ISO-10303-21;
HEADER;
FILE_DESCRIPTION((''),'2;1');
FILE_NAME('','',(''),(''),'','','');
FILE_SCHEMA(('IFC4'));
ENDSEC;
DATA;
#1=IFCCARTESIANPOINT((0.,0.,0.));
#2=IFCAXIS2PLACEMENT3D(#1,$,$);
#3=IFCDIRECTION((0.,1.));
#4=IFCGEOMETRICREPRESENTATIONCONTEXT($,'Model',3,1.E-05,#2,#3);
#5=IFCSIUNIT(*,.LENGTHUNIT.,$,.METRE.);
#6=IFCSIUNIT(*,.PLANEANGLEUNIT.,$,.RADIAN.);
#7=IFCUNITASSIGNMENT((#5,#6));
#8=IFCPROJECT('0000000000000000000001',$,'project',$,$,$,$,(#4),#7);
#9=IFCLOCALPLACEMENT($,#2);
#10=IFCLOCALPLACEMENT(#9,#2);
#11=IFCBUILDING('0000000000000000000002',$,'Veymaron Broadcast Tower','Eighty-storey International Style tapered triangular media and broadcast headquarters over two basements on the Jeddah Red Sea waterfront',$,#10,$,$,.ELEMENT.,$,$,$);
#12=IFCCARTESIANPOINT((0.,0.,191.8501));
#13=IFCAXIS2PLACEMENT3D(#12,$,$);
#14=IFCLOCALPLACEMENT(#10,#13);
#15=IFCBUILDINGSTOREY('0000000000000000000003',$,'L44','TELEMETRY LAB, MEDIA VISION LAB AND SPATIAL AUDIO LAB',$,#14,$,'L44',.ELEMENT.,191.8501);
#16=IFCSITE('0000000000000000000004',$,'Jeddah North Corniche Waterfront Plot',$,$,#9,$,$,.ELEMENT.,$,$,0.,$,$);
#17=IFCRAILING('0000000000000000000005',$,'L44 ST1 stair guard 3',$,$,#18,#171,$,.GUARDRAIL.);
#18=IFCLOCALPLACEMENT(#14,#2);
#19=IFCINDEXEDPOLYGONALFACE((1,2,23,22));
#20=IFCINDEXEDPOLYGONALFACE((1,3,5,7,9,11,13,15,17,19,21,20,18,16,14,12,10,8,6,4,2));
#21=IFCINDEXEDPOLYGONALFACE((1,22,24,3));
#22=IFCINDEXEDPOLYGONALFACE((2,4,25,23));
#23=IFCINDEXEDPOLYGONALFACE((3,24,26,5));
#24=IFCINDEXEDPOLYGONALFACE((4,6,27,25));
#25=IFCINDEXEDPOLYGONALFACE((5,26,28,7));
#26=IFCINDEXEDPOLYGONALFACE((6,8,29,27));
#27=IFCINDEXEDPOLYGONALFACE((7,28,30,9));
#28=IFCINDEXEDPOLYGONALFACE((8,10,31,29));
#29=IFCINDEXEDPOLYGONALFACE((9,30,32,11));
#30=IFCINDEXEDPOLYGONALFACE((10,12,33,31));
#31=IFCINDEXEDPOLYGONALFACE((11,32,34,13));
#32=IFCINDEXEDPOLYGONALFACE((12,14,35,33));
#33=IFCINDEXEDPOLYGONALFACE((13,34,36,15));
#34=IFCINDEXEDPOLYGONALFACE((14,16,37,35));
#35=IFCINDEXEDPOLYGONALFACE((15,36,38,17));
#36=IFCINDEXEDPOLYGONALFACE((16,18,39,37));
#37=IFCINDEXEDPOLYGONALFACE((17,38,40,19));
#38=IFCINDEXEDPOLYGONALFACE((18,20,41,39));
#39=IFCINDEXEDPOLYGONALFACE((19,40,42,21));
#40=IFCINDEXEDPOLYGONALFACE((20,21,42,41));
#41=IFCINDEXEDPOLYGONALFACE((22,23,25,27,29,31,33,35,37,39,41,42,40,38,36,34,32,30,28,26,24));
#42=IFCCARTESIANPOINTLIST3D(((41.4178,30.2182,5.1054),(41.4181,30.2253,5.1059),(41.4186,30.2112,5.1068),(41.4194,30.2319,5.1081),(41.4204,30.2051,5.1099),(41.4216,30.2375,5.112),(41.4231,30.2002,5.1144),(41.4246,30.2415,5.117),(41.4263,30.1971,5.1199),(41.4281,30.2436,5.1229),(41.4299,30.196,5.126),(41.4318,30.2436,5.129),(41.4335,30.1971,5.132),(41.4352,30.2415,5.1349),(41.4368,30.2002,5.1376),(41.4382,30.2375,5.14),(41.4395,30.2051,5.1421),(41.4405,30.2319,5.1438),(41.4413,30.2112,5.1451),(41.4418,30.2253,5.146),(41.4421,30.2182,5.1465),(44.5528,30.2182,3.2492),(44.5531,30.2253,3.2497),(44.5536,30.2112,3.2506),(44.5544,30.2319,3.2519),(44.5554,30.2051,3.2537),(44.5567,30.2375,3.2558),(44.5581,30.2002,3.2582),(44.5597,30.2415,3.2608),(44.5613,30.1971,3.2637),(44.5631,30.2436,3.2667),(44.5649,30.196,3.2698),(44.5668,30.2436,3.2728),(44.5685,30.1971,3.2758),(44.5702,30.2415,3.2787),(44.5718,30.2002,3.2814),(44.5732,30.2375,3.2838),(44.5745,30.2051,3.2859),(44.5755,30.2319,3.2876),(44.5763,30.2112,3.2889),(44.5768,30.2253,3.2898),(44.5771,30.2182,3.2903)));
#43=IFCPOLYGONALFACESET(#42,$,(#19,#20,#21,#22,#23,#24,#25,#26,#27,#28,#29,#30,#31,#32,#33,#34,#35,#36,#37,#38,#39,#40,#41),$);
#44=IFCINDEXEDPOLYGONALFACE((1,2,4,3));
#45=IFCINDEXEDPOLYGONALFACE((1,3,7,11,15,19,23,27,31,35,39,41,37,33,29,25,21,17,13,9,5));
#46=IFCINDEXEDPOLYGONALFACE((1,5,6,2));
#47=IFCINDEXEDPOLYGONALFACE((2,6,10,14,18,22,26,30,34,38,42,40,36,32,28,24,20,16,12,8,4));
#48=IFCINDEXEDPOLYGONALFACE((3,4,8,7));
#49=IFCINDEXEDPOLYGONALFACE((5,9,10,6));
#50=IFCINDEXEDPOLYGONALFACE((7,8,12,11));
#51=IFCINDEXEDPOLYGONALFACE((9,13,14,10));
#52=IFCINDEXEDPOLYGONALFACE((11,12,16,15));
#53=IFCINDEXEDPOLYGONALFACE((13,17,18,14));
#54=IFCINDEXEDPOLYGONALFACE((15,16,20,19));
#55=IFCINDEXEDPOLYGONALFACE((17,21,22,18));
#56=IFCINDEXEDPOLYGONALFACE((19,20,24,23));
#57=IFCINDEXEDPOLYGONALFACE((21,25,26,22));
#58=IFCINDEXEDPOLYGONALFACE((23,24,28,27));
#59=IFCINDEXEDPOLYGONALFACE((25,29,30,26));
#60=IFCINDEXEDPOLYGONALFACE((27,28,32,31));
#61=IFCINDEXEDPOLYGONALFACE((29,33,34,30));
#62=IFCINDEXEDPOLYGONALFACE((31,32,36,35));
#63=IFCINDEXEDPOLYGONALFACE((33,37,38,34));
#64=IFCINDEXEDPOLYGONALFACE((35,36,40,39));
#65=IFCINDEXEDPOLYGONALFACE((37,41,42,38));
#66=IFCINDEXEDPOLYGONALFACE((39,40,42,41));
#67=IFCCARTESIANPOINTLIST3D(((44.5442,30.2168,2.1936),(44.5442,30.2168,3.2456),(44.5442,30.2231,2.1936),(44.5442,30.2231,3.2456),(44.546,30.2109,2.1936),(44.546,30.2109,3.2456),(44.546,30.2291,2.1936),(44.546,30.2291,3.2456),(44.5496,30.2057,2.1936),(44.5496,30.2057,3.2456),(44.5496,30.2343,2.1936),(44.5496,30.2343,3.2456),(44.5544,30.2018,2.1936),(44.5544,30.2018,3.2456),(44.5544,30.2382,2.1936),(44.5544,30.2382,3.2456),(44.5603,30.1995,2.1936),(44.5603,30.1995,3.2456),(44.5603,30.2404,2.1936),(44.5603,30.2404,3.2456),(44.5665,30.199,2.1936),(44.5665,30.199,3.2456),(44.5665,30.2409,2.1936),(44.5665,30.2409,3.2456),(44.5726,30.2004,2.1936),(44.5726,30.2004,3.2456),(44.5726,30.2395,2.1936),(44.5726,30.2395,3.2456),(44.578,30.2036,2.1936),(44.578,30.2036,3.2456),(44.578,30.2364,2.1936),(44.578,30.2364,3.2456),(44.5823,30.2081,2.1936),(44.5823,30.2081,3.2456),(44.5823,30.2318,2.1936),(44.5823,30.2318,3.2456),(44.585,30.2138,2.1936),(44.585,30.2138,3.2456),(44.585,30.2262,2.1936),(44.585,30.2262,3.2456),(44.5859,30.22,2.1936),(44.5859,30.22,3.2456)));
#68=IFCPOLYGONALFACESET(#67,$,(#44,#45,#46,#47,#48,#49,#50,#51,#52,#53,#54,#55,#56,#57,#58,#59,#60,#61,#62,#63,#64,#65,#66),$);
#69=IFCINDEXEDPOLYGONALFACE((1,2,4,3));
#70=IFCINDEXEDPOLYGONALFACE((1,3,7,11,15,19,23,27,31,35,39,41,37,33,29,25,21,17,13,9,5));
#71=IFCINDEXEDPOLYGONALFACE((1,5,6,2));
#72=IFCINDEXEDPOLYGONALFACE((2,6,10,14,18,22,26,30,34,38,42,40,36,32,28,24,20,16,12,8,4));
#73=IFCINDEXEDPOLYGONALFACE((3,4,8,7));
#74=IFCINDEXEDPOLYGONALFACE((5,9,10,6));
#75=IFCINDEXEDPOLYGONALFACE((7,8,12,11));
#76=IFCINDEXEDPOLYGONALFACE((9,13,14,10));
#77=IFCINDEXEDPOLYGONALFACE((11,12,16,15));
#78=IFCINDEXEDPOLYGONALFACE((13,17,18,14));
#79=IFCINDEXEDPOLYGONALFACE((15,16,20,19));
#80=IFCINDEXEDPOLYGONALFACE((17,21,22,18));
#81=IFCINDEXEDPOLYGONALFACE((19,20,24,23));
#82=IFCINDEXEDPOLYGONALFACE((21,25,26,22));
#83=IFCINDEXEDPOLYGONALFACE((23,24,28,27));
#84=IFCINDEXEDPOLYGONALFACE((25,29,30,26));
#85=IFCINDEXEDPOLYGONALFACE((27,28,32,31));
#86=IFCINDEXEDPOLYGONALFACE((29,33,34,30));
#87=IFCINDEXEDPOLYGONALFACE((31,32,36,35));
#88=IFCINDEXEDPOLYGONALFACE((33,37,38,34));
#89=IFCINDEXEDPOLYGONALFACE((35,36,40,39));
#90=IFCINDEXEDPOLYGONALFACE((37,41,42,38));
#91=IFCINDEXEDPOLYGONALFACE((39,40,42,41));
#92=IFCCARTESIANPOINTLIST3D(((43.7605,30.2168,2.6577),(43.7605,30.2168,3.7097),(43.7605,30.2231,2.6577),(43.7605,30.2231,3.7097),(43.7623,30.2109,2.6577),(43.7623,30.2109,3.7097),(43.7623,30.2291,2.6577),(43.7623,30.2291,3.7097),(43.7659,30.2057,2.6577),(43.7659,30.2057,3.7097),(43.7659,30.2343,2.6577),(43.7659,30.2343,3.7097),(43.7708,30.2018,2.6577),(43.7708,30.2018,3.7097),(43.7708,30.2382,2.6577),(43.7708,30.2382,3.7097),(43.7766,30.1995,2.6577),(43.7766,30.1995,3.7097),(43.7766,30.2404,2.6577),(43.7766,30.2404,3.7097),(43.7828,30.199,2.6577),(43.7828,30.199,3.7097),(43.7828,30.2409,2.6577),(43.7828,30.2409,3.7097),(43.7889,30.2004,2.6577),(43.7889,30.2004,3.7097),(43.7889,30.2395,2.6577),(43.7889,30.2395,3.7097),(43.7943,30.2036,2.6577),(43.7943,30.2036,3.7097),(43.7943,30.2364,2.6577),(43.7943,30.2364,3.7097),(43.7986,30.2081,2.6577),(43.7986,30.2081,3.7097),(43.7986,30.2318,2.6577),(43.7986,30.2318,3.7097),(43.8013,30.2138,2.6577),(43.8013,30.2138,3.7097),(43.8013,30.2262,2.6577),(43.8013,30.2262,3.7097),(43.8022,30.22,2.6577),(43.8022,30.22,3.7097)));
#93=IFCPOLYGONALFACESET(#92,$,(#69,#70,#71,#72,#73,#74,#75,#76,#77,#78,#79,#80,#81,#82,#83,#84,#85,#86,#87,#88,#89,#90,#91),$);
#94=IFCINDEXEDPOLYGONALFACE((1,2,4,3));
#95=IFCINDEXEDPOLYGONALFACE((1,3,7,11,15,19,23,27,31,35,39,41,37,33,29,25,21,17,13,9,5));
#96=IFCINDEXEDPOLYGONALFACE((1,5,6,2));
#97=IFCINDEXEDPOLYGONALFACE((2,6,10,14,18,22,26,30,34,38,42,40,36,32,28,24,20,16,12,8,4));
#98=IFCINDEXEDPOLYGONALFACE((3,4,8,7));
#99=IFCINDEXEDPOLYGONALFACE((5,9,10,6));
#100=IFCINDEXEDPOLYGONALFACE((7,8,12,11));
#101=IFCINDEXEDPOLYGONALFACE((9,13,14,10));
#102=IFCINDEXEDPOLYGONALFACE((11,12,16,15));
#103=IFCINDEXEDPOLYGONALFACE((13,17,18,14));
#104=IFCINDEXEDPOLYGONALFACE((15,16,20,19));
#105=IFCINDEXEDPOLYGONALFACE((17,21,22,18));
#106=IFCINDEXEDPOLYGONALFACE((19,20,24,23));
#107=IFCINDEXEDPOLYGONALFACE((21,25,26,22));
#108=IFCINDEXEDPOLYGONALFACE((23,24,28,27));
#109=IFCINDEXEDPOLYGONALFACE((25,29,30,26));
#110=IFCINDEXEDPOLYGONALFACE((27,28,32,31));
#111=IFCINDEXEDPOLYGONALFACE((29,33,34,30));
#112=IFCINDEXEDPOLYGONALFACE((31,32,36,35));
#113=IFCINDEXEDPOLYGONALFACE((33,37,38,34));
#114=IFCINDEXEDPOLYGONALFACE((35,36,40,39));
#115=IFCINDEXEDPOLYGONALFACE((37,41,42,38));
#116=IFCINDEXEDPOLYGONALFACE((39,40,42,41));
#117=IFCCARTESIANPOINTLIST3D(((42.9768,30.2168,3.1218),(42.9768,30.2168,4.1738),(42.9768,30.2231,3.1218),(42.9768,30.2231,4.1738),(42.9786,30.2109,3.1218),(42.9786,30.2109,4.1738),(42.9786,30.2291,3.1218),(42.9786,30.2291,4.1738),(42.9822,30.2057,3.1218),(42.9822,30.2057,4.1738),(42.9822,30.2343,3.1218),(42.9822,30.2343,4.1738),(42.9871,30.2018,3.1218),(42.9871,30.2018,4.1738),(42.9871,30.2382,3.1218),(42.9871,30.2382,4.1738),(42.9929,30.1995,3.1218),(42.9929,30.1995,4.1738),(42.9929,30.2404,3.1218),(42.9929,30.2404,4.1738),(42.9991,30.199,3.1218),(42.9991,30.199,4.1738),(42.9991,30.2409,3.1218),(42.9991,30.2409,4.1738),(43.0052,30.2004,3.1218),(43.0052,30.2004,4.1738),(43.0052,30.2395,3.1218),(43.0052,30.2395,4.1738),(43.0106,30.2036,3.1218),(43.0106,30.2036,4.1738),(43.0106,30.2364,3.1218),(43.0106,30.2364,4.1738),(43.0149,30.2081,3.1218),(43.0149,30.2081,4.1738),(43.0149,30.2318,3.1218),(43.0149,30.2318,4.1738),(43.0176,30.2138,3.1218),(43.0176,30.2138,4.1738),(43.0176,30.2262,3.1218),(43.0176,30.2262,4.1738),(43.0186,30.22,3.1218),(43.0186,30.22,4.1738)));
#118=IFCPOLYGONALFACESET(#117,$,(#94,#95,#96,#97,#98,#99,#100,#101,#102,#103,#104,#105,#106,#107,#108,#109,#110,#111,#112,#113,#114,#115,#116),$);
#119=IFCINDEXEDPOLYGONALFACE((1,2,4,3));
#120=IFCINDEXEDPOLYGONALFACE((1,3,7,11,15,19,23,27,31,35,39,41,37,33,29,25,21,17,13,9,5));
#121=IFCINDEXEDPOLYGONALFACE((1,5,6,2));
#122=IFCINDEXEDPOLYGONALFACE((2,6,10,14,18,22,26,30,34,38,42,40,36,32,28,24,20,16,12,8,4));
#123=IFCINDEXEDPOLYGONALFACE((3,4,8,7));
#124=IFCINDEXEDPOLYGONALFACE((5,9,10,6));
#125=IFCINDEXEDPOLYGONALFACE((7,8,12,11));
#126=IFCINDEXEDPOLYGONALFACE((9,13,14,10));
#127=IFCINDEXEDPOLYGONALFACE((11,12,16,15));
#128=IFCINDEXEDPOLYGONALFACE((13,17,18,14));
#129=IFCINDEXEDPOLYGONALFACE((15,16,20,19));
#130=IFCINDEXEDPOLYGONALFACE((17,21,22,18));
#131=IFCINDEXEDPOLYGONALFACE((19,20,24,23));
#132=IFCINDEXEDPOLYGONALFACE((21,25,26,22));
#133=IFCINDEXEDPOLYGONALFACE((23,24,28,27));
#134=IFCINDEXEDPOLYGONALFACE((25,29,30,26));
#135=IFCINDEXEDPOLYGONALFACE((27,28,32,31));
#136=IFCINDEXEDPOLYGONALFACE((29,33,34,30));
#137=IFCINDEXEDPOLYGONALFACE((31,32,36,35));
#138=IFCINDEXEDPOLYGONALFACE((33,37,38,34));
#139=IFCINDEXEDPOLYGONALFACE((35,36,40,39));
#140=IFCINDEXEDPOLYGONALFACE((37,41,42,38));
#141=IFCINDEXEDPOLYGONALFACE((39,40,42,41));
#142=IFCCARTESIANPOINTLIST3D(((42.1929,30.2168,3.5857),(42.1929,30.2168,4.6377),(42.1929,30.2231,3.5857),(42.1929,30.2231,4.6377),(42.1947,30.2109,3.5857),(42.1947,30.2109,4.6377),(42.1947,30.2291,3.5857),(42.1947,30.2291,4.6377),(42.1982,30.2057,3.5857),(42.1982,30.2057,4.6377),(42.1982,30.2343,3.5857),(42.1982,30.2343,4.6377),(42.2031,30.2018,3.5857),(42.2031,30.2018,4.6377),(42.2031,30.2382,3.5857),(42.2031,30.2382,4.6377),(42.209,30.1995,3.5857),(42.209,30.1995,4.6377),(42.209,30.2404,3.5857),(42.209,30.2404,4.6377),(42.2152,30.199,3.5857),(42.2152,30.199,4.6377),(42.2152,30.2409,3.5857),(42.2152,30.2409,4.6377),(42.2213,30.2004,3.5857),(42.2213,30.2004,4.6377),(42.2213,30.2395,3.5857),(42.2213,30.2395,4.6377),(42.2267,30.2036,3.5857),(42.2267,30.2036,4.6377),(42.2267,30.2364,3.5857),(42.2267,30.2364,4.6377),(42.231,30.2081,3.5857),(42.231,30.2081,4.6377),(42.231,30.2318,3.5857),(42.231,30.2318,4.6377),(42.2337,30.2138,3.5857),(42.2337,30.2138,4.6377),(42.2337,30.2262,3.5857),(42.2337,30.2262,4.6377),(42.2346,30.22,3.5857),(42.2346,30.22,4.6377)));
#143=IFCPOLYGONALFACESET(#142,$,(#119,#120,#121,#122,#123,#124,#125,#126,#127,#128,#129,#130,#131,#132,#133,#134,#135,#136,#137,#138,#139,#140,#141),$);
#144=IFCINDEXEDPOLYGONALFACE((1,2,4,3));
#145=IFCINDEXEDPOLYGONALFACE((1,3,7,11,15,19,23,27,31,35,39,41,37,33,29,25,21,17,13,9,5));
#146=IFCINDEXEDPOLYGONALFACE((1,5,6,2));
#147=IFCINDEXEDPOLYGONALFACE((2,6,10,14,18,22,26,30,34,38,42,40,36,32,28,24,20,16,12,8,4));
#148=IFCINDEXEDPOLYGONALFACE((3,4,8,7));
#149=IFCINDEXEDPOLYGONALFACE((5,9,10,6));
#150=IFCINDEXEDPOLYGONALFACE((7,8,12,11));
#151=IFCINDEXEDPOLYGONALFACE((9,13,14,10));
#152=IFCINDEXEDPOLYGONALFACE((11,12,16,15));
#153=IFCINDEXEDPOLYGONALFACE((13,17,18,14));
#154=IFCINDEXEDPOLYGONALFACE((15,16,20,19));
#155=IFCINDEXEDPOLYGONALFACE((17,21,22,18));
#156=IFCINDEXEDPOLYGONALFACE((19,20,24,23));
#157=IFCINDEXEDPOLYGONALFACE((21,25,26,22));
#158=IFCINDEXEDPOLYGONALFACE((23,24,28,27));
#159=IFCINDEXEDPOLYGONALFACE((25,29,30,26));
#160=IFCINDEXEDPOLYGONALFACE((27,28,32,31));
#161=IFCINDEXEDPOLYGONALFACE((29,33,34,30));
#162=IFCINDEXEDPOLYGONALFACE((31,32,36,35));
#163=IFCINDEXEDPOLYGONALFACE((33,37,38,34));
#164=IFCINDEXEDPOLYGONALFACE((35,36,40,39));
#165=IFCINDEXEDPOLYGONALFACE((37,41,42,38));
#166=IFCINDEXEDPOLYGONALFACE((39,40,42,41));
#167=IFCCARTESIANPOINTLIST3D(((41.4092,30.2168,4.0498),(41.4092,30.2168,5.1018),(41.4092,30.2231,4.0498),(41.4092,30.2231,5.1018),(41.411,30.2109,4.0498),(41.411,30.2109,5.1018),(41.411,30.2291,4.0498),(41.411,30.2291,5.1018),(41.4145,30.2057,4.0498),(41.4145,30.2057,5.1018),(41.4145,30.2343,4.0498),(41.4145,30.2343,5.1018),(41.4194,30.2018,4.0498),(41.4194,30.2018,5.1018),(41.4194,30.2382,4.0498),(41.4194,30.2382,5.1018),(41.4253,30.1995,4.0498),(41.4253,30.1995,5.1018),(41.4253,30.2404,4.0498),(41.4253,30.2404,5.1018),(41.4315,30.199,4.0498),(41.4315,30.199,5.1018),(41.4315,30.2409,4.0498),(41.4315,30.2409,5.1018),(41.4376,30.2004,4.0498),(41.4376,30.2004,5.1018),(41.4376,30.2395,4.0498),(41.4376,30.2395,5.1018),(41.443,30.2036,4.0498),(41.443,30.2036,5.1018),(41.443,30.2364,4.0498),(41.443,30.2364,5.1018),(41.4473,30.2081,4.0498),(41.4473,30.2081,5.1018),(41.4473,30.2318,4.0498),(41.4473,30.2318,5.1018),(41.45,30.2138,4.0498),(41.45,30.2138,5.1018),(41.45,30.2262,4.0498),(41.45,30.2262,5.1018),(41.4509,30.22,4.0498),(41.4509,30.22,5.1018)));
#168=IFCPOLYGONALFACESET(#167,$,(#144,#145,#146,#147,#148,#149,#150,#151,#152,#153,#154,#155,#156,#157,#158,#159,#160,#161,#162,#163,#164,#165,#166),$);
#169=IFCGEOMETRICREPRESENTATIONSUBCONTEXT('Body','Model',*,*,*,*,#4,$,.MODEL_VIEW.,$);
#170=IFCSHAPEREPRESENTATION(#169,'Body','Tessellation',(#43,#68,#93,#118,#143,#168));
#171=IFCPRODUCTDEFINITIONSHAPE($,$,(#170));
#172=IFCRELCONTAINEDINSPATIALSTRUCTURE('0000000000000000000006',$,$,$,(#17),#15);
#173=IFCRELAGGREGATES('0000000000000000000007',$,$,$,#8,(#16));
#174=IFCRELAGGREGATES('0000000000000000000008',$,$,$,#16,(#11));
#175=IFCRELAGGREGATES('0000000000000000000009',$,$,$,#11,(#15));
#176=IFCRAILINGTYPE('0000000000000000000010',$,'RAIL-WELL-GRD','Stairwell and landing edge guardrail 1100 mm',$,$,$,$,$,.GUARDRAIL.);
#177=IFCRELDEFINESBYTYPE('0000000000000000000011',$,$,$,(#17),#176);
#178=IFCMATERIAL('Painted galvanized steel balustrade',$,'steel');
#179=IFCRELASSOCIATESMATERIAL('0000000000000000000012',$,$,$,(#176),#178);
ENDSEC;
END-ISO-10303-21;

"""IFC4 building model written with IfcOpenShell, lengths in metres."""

from ifc_helpers import new_model, si_unit, direction, frame, origin, origin_2d, place, context, subcontext, project, spatial, circle, extrude, material, type_object, element, save


model = new_model("IFC4")

# Units and contexts
model_context = context("Model", 3, precision=1e-05, world=origin(), true_north=direction((0.0, 1.0)))
body_context = subcontext(model_context, "Body", "Model", "MODEL_VIEW")
ifc_project = project(units=[si_unit("LENGTHUNIT", "METRE"), si_unit("PLANEANGLEUNIT", "RADIAN")], contexts=[model_context])

# Site, building, storey
site_placement = place(None, origin())
site = spatial("IfcSite", under=ifc_project, at=site_placement, Name="Jeddah North Corniche Waterfront Plot", CompositionType="ELEMENT", RefElevation=0.0)
building_placement = place(site_placement, origin())
building = spatial("IfcBuilding", under=site, at=building_placement, Name="Veymaron Broadcast Tower", Description="Eighty-storey International Style tapered triangular media and broadcast headquarters over two basements on the Jeddah Red Sea waterfront", CompositionType="ELEMENT")
storey_placement = place(building_placement, frame((0.0, 0.0, 191.8501)))
storey = spatial("IfcBuildingStorey", under=building, at=storey_placement, Name="L44", Description="TELEMETRY LAB, MEDIA VISION LAB AND SPATIAL AUDIO LAB", LongName="L44", CompositionType="ELEMENT", Elevation=191.8501)

# Railing
ifc_material_1 = material(Name="Painted galvanized steel balustrade", Category="steel")
railing_type_1 = type_object("IfcRailingType", Name="RAIL-WELL-GRD", Description="Stairwell and landing edge guardrail 1100 mm", PredefinedType="GUARDRAIL", material=ifc_material_1)
railing_1_placement = place(storey_placement, frame((44.5649, 30.22, 2.1936)))
element("IfcRailing", 1, at=railing_1_placement, inside=storey, type_object=railing_type_1, Name="L44 ST1 stair guard 3", PredefinedType="GUARDRAIL", context=body_context, shape_type="SweptSolid", body=[
    extrude(circle(Radius=0.0239, at=origin_2d()), frame((0.0, 0.0, 1.0762), z_axis=(-0.860482, 0.0, 0.509481), x_axis=(0.0, -1.0, 0.0)), (0.0, 0.0, 1.0), 3.6433),
    extrude(circle(Radius=0.021, at=origin_2d()), origin(), (0.0, 0.0, 1.0), 1.052),
    extrude(circle(Radius=0.021, at=origin_2d()), frame((-0.7837, 0.0, 0.4641)), (0.0, 0.0, 1.0), 1.052),
    extrude(circle(Radius=0.021, at=origin_2d()), frame((-1.5674, 0.0, 0.9282)), (0.0, 0.0, 1.0), 1.052),
    extrude(circle(Radius=0.021, at=origin_2d()), frame((-2.3513, 0.0, 1.3921)), (0.0, 0.0, 1.0), 1.052),
    extrude(circle(Radius=0.021, at=origin_2d()), frame((-3.135, 0.0, 1.8562)), (0.0, 0.0, 1.0), 1.052),
])

save(model, "model.ifc")
